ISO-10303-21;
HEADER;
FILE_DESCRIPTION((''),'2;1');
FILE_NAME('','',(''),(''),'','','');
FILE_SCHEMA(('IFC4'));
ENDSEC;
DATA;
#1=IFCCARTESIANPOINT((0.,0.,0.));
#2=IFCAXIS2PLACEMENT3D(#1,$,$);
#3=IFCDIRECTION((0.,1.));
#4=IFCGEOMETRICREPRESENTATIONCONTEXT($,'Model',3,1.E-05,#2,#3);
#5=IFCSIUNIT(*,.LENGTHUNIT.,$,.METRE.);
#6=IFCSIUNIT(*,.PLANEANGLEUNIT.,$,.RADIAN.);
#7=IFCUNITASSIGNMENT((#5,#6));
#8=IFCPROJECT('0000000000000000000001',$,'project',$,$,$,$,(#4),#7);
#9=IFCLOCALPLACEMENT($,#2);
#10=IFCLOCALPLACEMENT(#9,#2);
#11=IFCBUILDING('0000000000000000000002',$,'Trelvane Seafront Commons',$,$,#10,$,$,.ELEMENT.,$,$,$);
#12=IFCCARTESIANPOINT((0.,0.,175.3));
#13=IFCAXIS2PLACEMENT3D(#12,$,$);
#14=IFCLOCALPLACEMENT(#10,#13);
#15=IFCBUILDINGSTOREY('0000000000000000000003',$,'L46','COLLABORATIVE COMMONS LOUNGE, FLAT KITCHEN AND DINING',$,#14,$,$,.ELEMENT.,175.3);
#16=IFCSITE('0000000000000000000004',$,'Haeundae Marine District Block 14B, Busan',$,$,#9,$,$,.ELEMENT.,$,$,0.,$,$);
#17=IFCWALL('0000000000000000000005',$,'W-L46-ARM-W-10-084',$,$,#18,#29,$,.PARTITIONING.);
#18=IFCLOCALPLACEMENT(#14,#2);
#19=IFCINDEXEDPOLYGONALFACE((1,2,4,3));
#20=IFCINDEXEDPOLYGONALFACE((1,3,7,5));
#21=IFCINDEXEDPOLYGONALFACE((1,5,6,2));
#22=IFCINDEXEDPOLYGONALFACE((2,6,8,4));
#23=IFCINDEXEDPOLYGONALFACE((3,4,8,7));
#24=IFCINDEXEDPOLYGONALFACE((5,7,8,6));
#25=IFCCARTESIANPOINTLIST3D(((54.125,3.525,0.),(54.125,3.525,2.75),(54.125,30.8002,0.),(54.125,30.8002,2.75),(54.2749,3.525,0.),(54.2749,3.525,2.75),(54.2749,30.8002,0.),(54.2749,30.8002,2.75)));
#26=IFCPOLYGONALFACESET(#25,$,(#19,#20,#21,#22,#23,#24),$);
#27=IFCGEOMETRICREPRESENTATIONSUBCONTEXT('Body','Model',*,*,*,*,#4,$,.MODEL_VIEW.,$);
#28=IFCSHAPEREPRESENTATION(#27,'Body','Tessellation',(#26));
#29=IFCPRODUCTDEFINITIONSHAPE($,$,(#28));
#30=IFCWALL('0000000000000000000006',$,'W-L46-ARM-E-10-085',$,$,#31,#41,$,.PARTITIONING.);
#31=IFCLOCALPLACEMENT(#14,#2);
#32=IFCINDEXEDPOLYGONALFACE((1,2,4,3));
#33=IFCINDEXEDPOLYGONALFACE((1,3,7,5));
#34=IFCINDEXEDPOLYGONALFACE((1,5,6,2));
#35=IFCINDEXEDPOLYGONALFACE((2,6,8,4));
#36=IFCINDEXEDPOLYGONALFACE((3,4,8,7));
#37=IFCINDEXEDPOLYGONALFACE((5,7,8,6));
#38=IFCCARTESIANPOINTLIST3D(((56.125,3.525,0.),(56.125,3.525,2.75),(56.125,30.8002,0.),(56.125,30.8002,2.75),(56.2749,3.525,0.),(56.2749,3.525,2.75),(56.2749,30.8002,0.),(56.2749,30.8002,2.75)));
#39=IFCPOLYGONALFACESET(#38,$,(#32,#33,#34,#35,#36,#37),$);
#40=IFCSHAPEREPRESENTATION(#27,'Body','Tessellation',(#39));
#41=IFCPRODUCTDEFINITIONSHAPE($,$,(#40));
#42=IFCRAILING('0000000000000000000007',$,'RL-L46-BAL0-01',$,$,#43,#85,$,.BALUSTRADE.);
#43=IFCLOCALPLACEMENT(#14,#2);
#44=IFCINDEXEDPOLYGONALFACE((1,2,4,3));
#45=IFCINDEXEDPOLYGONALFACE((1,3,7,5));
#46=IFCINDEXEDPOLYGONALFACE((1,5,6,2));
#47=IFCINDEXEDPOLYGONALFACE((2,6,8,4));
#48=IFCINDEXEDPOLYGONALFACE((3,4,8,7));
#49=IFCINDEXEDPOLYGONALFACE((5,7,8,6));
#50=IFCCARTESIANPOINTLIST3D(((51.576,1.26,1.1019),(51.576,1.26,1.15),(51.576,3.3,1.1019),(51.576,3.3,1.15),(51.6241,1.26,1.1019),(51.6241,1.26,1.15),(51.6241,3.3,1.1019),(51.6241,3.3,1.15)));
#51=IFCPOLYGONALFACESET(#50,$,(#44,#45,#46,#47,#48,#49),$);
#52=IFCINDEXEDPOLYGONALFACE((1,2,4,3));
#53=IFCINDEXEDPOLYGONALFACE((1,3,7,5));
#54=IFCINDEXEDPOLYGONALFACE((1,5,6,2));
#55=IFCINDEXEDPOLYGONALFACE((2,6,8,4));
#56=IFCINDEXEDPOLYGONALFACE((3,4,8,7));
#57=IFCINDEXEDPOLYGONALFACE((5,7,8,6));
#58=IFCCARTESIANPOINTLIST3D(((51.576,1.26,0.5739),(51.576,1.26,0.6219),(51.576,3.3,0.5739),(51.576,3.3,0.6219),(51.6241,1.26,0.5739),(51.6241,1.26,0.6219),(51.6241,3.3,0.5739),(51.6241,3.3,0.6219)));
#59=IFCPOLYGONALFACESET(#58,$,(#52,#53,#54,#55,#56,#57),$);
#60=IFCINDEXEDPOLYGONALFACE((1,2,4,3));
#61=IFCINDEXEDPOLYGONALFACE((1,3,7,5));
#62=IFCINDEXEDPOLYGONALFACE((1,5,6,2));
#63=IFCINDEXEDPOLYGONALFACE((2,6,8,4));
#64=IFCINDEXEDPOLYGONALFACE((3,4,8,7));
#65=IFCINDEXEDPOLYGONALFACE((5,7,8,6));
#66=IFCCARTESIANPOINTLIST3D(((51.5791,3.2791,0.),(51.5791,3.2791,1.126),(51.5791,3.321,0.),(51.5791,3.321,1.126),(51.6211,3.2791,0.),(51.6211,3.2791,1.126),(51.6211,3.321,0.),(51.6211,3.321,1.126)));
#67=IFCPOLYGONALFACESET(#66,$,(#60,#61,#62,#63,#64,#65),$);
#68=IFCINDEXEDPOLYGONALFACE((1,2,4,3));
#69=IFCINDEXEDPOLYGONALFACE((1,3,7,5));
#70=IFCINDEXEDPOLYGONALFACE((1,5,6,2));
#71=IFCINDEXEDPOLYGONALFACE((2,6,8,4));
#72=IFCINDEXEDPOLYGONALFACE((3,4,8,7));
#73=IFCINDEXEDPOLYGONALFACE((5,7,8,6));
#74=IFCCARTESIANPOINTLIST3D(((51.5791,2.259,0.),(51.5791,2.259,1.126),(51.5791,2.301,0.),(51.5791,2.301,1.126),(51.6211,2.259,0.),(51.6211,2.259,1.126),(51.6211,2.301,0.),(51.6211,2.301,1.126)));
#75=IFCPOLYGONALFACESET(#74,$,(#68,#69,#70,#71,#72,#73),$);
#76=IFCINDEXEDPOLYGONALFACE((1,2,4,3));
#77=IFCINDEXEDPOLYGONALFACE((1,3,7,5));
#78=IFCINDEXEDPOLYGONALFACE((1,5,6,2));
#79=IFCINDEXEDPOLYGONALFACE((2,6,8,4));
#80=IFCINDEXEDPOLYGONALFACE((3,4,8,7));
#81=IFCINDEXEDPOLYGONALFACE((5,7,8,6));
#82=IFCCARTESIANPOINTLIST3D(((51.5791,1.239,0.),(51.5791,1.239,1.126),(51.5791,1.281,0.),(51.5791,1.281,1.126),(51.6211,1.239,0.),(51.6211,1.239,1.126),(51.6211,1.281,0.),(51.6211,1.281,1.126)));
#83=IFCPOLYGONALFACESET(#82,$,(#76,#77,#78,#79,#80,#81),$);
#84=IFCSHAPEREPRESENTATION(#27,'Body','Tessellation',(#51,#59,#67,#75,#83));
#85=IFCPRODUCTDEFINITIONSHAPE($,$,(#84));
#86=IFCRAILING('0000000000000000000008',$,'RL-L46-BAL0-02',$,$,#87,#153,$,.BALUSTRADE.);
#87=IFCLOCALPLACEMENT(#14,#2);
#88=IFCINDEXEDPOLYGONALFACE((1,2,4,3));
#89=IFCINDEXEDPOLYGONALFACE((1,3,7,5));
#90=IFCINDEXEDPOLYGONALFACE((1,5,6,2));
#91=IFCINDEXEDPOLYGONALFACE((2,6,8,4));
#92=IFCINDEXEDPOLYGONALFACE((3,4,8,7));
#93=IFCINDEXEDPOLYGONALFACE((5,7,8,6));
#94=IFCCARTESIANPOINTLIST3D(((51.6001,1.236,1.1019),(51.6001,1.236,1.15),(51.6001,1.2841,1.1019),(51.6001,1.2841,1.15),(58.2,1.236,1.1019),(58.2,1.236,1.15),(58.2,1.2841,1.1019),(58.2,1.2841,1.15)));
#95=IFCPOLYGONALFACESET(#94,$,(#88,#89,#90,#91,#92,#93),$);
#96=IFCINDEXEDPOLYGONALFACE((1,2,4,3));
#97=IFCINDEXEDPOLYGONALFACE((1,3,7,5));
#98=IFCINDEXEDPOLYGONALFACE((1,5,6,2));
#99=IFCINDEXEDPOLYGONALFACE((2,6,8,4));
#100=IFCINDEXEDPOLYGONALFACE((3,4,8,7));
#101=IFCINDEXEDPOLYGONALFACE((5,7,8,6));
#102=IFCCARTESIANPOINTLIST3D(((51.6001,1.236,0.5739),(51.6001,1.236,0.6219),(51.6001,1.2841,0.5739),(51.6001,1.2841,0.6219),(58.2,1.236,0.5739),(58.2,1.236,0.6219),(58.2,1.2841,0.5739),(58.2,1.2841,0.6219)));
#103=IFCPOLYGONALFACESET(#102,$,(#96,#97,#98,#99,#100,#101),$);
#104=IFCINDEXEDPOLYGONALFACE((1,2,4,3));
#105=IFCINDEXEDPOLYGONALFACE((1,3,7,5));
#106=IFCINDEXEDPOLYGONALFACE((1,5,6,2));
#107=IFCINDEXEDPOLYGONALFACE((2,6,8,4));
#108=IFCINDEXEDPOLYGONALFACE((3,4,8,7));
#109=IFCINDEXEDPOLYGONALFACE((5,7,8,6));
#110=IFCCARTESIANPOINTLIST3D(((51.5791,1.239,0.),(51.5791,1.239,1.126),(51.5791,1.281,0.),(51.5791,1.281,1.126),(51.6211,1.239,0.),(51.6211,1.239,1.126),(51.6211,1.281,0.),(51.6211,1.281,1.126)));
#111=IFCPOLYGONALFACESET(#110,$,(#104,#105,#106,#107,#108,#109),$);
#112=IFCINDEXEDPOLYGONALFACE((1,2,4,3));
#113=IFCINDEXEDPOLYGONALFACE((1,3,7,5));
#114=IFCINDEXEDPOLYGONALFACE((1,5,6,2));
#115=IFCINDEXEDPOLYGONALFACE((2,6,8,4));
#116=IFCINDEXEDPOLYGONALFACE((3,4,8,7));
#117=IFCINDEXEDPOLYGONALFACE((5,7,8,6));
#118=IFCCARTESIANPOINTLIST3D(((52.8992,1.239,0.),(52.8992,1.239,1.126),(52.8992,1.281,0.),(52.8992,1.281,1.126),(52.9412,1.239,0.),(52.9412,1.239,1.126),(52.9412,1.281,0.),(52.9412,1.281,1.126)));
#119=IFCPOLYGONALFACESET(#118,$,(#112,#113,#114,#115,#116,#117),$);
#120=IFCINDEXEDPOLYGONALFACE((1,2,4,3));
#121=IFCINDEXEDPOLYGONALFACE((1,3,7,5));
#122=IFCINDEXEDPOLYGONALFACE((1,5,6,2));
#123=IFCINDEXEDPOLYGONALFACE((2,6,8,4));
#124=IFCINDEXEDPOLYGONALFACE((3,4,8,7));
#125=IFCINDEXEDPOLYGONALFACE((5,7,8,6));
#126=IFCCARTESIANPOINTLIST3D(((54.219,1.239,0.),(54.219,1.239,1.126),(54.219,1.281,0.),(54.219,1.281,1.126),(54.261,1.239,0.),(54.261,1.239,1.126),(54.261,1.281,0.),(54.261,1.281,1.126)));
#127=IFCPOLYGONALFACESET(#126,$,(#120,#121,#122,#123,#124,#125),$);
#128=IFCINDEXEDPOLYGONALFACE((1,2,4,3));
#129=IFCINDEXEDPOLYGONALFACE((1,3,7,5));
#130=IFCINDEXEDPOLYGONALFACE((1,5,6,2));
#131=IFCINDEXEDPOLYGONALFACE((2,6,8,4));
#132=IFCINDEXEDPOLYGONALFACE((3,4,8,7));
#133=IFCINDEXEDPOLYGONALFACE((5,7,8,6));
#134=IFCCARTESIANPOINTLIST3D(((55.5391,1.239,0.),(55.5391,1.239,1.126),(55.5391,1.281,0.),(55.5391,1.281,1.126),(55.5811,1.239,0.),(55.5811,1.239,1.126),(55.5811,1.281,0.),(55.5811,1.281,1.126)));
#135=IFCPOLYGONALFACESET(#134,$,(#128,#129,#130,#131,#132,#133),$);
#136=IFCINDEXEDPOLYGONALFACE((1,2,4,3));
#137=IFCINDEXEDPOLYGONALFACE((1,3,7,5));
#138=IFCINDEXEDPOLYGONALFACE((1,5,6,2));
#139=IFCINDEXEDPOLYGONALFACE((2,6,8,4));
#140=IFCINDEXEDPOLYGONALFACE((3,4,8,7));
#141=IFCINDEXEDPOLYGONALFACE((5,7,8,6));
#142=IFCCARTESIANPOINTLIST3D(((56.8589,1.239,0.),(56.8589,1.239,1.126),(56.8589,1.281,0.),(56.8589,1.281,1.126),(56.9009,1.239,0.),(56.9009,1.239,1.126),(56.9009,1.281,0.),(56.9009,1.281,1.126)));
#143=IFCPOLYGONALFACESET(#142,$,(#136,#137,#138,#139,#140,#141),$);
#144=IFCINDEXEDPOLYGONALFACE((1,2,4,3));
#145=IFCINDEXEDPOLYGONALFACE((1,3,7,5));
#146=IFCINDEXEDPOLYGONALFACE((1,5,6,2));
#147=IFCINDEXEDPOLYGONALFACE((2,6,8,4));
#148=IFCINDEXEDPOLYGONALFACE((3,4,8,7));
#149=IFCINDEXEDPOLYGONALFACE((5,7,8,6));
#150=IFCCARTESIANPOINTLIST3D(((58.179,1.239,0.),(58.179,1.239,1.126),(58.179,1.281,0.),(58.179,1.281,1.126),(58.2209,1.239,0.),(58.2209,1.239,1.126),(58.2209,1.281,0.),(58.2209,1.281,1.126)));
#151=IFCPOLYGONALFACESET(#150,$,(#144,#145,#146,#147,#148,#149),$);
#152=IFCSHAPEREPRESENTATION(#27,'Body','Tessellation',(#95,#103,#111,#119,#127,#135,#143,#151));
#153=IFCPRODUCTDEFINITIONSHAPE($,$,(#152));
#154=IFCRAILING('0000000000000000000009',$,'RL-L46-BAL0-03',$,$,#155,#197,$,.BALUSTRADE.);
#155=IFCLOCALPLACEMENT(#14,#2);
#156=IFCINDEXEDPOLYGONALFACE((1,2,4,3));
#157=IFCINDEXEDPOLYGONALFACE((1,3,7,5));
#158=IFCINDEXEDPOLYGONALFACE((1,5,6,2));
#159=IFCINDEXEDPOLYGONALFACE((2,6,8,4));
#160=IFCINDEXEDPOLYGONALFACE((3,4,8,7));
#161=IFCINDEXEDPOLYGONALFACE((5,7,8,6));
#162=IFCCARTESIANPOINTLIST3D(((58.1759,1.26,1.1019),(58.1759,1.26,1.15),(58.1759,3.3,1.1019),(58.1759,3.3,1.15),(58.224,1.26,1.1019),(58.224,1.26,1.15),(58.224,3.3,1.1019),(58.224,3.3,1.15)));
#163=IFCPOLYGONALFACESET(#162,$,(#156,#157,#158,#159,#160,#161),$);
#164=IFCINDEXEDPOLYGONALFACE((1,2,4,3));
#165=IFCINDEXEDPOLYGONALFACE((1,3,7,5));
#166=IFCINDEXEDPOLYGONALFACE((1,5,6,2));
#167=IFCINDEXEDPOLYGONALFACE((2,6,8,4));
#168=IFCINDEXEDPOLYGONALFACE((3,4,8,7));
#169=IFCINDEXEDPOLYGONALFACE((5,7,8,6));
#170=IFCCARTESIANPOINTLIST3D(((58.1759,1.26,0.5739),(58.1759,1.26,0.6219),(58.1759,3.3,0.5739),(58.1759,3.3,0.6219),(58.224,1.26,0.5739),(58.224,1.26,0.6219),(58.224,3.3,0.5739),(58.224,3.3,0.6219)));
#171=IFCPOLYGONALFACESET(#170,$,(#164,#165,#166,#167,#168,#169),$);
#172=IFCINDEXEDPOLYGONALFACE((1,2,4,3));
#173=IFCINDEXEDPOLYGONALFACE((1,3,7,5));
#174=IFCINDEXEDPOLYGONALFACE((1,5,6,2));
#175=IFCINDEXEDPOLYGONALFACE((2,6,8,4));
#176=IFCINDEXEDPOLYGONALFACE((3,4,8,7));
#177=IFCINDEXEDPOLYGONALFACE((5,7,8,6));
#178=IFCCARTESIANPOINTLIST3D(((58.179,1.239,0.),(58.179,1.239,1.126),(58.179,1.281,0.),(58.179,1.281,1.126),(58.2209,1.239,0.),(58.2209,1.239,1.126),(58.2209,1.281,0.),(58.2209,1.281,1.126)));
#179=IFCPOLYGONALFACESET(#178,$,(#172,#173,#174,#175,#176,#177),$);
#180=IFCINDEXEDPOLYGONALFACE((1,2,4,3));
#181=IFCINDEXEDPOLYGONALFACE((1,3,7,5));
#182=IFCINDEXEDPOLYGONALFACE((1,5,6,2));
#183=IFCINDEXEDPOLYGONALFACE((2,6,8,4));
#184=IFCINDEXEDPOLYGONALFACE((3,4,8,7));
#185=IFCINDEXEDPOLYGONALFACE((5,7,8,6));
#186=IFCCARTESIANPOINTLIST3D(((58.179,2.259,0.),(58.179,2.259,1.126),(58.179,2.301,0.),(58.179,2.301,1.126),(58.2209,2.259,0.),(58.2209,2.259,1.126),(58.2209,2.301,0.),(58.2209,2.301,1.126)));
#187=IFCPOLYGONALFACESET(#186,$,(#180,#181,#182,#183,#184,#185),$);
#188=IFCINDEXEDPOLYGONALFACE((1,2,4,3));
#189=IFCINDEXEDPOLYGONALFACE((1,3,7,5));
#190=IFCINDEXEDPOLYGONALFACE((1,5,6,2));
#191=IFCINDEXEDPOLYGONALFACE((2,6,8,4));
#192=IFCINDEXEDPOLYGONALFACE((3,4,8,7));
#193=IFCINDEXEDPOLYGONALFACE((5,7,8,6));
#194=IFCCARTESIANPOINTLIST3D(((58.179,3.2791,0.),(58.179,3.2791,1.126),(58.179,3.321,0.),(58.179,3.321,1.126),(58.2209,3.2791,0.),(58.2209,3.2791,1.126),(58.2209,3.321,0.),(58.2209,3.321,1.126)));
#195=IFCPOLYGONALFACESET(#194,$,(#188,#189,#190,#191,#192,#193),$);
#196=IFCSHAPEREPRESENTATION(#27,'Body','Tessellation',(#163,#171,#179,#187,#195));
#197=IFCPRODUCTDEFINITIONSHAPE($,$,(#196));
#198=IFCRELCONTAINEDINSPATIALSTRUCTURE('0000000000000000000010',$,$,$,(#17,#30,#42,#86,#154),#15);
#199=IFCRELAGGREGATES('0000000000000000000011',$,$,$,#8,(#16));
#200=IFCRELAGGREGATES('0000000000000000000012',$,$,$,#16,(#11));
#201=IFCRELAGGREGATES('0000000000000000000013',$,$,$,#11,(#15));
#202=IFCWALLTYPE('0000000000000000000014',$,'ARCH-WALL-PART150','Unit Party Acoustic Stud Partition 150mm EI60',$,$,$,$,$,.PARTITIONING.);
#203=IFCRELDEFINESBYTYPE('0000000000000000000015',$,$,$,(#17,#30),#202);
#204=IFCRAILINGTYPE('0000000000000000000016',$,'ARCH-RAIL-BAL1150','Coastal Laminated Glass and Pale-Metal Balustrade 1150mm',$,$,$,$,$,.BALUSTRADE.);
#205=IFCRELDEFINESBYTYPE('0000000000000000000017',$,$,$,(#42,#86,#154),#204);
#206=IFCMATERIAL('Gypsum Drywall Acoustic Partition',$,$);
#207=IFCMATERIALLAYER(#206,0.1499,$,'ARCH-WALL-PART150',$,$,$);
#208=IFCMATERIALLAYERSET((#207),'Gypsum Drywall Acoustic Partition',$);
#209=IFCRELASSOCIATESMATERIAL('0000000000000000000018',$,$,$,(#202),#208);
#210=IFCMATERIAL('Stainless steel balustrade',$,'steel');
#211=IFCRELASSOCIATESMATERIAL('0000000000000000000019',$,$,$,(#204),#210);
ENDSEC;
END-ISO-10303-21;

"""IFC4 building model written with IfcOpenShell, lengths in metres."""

from ifc_helpers import new_model, si_unit, direction, frame, frame_2d, origin, origin_2d, place, context, subcontext, project, spatial, rectangle, extrude, material, layer, layer_set, type_object, element, save


model = new_model("IFC4")

# Units and contexts
model_context = context("Model", 3, precision=1e-05, world=origin(), true_north=direction((0.0, 1.0)))
body_context = subcontext(model_context, "Body", "Model", "MODEL_VIEW")
ifc_project = project(units=[si_unit("LENGTHUNIT", "METRE"), si_unit("PLANEANGLEUNIT", "RADIAN")], contexts=[model_context])

# Site, building, storey
site_placement = place(None, origin())
site = spatial("IfcSite", under=ifc_project, at=site_placement, Name="Haeundae Marine District Block 14B, Busan", CompositionType="ELEMENT", RefElevation=0.0)
building_placement = place(site_placement, origin())
building = spatial("IfcBuilding", under=site, at=building_placement, Name="Trelvane Seafront Commons", CompositionType="ELEMENT")
storey_placement = place(building_placement, frame((0.0, 0.0, 175.3)))
storey = spatial("IfcBuildingStorey", under=building, at=storey_placement, Name="L46", Description="COLLABORATIVE COMMONS LOUNGE, FLAT KITCHEN AND DINING", CompositionType="ELEMENT", Elevation=175.3)

# Shared definitions
ifc_material_1 = material(Name="Gypsum Drywall Acoustic Partition")

# Walls
ifc_layer_1 = layer(ifc_material_1, 0.1499, Name="ARCH-WALL-PART150")
ifc_layer_set_1 = layer_set([ifc_layer_1], Name="Gypsum Drywall Acoustic Partition")
wall_type_1 = type_object("IfcWallType", Name="ARCH-WALL-PART150", Description="Unit Party Acoustic Stud Partition 150mm EI60", PredefinedType="PARTITIONING", material=ifc_layer_set_1)
for number, where, z_axis, x_axis, name in (
    (1, (54.2, 3.5249, 0.0), (0.0, 0.0, 1.0), (0.0, 1.0, 0.0), "W-L46-ARM-W-10-084"),
    (2, (56.2, 3.5249, 0.0), (0.0, 0.0, 1.0), (0.0, 1.0, 0.0), "W-L46-ARM-E-10-085"),
):
    element("IfcWall", number, at=place(storey_placement, frame(where, z_axis=z_axis, x_axis=x_axis)), inside=storey, type_object=wall_type_1, Name=name, PredefinedType="PARTITIONING", context=body_context, shape_type="SweptSolid", body=[
        extrude(rectangle(XDim=27.2751, YDim=0.1499, at=frame_2d((13.6377, 0.0))), origin(), (0.0, 0.0, 1.0), 2.75),
    ])

# Railings
ifc_material_2 = material(Name="Stainless steel balustrade", Category="steel")
railing_type = type_object("IfcRailingType", Name="ARCH-RAIL-BAL1150", Description="Coastal Laminated Glass and Pale-Metal Balustrade 1150mm", PredefinedType="BALUSTRADE", material=ifc_material_2)
railing_1_placement = place(storey_placement, frame((51.6001, 3.3, 0.0)))
element("IfcRailing", 3, at=railing_1_placement, inside=storey, type_object=railing_type, Name="RL-L46-BAL0-01", PredefinedType="BALUSTRADE", context=body_context, shape_type="SweptSolid", body=[
    extrude(rectangle(XDim=0.0481, YDim=0.0481, at=origin_2d()), frame((0.0, 0.0, 1.126), z_axis=(0.0, -1.0, 0.0), x_axis=(1.0, 0.0, 0.0)), (0.0, 0.0, 1.0), 2.04),
    extrude(rectangle(XDim=0.0481, YDim=0.0481, at=origin_2d()), frame((0.0, 0.0, 0.5979), z_axis=(0.0, -1.0, 0.0), x_axis=(1.0, 0.0, 0.0)), (0.0, 0.0, 1.0), 2.04),
    extrude(rectangle(XDim=0.042, YDim=0.042, at=origin_2d()), origin(), (0.0, 0.0, 1.0), 1.126),
    extrude(rectangle(XDim=0.042, YDim=0.042, at=origin_2d()), frame((0.0, -1.02, 0.0)), (0.0, 0.0, 1.0), 1.126),
    extrude(rectangle(XDim=0.042, YDim=0.042, at=origin_2d()), frame((0.0, -2.04, 0.0)), (0.0, 0.0, 1.0), 1.126),
])
railing_2_placement = place(storey_placement, frame((51.6001, 1.26, 0.0)))
element("IfcRailing", 4, at=railing_2_placement, inside=storey, type_object=railing_type, Name="RL-L46-BAL0-02", PredefinedType="BALUSTRADE", context=body_context, shape_type="SweptSolid", body=[
    extrude(rectangle(XDim=0.0481, YDim=0.0481, at=origin_2d()), frame((0.0, 0.0, 1.126), z_axis=(1.0, 0.0, 0.0), x_axis=(0.0, 1.0, 0.0)), (0.0, 0.0, 1.0), 6.5999),
    extrude(rectangle(XDim=0.0481, YDim=0.0481, at=origin_2d()), frame((0.0, 0.0, 0.5979), z_axis=(1.0, 0.0, 0.0), x_axis=(0.0, 1.0, 0.0)), (0.0, 0.0, 1.0), 6.5999),
    extrude(rectangle(XDim=0.042, YDim=0.042, at=origin_2d()), origin(), (0.0, 0.0, 1.0), 1.126),
    extrude(rectangle(XDim=0.042, YDim=0.042, at=origin_2d()), frame((1.3201, 0.0, 0.0)), (0.0, 0.0, 1.0), 1.126),
    extrude(rectangle(XDim=0.042, YDim=0.042, at=origin_2d()), frame((2.6399, 0.0, 0.0)), (0.0, 0.0, 1.0), 1.126),
    extrude(rectangle(XDim=0.042, YDim=0.042, at=origin_2d()), frame((3.96, 0.0, 0.0)), (0.0, 0.0, 1.0), 1.126),
    extrude(rectangle(XDim=0.042, YDim=0.042, at=origin_2d()), frame((5.2798, 0.0, 0.0)), (0.0, 0.0, 1.0), 1.126),
    extrude(rectangle(XDim=0.042, YDim=0.042, at=origin_2d()), frame((6.5999, 0.0, 0.0)), (0.0, 0.0, 1.0), 1.126),
])
railing_3_placement = place(storey_placement, frame((58.2, 1.26, 0.0)))
element("IfcRailing", 5, at=railing_3_placement, inside=storey, type_object=railing_type, Name="RL-L46-BAL0-03", PredefinedType="BALUSTRADE", context=body_context, shape_type="SweptSolid", body=[
    extrude(rectangle(XDim=0.0481, YDim=0.0481, at=origin_2d()), frame((0.0, 0.0, 1.126), z_axis=(0.0, 1.0, 0.0), x_axis=(-1.0, 0.0, 0.0)), (0.0, 0.0, 1.0), 2.04),
    extrude(rectangle(XDim=0.0481, YDim=0.0481, at=origin_2d()), frame((0.0, 0.0, 0.5979), z_axis=(0.0, 1.0, 0.0), x_axis=(-1.0, 0.0, 0.0)), (0.0, 0.0, 1.0), 2.04),
    extrude(rectangle(XDim=0.042, YDim=0.042, at=origin_2d()), origin(), (0.0, 0.0, 1.0), 1.126),
    extrude(rectangle(XDim=0.042, YDim=0.042, at=origin_2d()), frame((0.0, 1.02, 0.0)), (0.0, 0.0, 1.0), 1.126),
    extrude(rectangle(XDim=0.042, YDim=0.042, at=origin_2d()), frame((0.0, 2.04, 0.0)), (0.0, 0.0, 1.0), 1.126),
])

save(model, "model.ifc")
